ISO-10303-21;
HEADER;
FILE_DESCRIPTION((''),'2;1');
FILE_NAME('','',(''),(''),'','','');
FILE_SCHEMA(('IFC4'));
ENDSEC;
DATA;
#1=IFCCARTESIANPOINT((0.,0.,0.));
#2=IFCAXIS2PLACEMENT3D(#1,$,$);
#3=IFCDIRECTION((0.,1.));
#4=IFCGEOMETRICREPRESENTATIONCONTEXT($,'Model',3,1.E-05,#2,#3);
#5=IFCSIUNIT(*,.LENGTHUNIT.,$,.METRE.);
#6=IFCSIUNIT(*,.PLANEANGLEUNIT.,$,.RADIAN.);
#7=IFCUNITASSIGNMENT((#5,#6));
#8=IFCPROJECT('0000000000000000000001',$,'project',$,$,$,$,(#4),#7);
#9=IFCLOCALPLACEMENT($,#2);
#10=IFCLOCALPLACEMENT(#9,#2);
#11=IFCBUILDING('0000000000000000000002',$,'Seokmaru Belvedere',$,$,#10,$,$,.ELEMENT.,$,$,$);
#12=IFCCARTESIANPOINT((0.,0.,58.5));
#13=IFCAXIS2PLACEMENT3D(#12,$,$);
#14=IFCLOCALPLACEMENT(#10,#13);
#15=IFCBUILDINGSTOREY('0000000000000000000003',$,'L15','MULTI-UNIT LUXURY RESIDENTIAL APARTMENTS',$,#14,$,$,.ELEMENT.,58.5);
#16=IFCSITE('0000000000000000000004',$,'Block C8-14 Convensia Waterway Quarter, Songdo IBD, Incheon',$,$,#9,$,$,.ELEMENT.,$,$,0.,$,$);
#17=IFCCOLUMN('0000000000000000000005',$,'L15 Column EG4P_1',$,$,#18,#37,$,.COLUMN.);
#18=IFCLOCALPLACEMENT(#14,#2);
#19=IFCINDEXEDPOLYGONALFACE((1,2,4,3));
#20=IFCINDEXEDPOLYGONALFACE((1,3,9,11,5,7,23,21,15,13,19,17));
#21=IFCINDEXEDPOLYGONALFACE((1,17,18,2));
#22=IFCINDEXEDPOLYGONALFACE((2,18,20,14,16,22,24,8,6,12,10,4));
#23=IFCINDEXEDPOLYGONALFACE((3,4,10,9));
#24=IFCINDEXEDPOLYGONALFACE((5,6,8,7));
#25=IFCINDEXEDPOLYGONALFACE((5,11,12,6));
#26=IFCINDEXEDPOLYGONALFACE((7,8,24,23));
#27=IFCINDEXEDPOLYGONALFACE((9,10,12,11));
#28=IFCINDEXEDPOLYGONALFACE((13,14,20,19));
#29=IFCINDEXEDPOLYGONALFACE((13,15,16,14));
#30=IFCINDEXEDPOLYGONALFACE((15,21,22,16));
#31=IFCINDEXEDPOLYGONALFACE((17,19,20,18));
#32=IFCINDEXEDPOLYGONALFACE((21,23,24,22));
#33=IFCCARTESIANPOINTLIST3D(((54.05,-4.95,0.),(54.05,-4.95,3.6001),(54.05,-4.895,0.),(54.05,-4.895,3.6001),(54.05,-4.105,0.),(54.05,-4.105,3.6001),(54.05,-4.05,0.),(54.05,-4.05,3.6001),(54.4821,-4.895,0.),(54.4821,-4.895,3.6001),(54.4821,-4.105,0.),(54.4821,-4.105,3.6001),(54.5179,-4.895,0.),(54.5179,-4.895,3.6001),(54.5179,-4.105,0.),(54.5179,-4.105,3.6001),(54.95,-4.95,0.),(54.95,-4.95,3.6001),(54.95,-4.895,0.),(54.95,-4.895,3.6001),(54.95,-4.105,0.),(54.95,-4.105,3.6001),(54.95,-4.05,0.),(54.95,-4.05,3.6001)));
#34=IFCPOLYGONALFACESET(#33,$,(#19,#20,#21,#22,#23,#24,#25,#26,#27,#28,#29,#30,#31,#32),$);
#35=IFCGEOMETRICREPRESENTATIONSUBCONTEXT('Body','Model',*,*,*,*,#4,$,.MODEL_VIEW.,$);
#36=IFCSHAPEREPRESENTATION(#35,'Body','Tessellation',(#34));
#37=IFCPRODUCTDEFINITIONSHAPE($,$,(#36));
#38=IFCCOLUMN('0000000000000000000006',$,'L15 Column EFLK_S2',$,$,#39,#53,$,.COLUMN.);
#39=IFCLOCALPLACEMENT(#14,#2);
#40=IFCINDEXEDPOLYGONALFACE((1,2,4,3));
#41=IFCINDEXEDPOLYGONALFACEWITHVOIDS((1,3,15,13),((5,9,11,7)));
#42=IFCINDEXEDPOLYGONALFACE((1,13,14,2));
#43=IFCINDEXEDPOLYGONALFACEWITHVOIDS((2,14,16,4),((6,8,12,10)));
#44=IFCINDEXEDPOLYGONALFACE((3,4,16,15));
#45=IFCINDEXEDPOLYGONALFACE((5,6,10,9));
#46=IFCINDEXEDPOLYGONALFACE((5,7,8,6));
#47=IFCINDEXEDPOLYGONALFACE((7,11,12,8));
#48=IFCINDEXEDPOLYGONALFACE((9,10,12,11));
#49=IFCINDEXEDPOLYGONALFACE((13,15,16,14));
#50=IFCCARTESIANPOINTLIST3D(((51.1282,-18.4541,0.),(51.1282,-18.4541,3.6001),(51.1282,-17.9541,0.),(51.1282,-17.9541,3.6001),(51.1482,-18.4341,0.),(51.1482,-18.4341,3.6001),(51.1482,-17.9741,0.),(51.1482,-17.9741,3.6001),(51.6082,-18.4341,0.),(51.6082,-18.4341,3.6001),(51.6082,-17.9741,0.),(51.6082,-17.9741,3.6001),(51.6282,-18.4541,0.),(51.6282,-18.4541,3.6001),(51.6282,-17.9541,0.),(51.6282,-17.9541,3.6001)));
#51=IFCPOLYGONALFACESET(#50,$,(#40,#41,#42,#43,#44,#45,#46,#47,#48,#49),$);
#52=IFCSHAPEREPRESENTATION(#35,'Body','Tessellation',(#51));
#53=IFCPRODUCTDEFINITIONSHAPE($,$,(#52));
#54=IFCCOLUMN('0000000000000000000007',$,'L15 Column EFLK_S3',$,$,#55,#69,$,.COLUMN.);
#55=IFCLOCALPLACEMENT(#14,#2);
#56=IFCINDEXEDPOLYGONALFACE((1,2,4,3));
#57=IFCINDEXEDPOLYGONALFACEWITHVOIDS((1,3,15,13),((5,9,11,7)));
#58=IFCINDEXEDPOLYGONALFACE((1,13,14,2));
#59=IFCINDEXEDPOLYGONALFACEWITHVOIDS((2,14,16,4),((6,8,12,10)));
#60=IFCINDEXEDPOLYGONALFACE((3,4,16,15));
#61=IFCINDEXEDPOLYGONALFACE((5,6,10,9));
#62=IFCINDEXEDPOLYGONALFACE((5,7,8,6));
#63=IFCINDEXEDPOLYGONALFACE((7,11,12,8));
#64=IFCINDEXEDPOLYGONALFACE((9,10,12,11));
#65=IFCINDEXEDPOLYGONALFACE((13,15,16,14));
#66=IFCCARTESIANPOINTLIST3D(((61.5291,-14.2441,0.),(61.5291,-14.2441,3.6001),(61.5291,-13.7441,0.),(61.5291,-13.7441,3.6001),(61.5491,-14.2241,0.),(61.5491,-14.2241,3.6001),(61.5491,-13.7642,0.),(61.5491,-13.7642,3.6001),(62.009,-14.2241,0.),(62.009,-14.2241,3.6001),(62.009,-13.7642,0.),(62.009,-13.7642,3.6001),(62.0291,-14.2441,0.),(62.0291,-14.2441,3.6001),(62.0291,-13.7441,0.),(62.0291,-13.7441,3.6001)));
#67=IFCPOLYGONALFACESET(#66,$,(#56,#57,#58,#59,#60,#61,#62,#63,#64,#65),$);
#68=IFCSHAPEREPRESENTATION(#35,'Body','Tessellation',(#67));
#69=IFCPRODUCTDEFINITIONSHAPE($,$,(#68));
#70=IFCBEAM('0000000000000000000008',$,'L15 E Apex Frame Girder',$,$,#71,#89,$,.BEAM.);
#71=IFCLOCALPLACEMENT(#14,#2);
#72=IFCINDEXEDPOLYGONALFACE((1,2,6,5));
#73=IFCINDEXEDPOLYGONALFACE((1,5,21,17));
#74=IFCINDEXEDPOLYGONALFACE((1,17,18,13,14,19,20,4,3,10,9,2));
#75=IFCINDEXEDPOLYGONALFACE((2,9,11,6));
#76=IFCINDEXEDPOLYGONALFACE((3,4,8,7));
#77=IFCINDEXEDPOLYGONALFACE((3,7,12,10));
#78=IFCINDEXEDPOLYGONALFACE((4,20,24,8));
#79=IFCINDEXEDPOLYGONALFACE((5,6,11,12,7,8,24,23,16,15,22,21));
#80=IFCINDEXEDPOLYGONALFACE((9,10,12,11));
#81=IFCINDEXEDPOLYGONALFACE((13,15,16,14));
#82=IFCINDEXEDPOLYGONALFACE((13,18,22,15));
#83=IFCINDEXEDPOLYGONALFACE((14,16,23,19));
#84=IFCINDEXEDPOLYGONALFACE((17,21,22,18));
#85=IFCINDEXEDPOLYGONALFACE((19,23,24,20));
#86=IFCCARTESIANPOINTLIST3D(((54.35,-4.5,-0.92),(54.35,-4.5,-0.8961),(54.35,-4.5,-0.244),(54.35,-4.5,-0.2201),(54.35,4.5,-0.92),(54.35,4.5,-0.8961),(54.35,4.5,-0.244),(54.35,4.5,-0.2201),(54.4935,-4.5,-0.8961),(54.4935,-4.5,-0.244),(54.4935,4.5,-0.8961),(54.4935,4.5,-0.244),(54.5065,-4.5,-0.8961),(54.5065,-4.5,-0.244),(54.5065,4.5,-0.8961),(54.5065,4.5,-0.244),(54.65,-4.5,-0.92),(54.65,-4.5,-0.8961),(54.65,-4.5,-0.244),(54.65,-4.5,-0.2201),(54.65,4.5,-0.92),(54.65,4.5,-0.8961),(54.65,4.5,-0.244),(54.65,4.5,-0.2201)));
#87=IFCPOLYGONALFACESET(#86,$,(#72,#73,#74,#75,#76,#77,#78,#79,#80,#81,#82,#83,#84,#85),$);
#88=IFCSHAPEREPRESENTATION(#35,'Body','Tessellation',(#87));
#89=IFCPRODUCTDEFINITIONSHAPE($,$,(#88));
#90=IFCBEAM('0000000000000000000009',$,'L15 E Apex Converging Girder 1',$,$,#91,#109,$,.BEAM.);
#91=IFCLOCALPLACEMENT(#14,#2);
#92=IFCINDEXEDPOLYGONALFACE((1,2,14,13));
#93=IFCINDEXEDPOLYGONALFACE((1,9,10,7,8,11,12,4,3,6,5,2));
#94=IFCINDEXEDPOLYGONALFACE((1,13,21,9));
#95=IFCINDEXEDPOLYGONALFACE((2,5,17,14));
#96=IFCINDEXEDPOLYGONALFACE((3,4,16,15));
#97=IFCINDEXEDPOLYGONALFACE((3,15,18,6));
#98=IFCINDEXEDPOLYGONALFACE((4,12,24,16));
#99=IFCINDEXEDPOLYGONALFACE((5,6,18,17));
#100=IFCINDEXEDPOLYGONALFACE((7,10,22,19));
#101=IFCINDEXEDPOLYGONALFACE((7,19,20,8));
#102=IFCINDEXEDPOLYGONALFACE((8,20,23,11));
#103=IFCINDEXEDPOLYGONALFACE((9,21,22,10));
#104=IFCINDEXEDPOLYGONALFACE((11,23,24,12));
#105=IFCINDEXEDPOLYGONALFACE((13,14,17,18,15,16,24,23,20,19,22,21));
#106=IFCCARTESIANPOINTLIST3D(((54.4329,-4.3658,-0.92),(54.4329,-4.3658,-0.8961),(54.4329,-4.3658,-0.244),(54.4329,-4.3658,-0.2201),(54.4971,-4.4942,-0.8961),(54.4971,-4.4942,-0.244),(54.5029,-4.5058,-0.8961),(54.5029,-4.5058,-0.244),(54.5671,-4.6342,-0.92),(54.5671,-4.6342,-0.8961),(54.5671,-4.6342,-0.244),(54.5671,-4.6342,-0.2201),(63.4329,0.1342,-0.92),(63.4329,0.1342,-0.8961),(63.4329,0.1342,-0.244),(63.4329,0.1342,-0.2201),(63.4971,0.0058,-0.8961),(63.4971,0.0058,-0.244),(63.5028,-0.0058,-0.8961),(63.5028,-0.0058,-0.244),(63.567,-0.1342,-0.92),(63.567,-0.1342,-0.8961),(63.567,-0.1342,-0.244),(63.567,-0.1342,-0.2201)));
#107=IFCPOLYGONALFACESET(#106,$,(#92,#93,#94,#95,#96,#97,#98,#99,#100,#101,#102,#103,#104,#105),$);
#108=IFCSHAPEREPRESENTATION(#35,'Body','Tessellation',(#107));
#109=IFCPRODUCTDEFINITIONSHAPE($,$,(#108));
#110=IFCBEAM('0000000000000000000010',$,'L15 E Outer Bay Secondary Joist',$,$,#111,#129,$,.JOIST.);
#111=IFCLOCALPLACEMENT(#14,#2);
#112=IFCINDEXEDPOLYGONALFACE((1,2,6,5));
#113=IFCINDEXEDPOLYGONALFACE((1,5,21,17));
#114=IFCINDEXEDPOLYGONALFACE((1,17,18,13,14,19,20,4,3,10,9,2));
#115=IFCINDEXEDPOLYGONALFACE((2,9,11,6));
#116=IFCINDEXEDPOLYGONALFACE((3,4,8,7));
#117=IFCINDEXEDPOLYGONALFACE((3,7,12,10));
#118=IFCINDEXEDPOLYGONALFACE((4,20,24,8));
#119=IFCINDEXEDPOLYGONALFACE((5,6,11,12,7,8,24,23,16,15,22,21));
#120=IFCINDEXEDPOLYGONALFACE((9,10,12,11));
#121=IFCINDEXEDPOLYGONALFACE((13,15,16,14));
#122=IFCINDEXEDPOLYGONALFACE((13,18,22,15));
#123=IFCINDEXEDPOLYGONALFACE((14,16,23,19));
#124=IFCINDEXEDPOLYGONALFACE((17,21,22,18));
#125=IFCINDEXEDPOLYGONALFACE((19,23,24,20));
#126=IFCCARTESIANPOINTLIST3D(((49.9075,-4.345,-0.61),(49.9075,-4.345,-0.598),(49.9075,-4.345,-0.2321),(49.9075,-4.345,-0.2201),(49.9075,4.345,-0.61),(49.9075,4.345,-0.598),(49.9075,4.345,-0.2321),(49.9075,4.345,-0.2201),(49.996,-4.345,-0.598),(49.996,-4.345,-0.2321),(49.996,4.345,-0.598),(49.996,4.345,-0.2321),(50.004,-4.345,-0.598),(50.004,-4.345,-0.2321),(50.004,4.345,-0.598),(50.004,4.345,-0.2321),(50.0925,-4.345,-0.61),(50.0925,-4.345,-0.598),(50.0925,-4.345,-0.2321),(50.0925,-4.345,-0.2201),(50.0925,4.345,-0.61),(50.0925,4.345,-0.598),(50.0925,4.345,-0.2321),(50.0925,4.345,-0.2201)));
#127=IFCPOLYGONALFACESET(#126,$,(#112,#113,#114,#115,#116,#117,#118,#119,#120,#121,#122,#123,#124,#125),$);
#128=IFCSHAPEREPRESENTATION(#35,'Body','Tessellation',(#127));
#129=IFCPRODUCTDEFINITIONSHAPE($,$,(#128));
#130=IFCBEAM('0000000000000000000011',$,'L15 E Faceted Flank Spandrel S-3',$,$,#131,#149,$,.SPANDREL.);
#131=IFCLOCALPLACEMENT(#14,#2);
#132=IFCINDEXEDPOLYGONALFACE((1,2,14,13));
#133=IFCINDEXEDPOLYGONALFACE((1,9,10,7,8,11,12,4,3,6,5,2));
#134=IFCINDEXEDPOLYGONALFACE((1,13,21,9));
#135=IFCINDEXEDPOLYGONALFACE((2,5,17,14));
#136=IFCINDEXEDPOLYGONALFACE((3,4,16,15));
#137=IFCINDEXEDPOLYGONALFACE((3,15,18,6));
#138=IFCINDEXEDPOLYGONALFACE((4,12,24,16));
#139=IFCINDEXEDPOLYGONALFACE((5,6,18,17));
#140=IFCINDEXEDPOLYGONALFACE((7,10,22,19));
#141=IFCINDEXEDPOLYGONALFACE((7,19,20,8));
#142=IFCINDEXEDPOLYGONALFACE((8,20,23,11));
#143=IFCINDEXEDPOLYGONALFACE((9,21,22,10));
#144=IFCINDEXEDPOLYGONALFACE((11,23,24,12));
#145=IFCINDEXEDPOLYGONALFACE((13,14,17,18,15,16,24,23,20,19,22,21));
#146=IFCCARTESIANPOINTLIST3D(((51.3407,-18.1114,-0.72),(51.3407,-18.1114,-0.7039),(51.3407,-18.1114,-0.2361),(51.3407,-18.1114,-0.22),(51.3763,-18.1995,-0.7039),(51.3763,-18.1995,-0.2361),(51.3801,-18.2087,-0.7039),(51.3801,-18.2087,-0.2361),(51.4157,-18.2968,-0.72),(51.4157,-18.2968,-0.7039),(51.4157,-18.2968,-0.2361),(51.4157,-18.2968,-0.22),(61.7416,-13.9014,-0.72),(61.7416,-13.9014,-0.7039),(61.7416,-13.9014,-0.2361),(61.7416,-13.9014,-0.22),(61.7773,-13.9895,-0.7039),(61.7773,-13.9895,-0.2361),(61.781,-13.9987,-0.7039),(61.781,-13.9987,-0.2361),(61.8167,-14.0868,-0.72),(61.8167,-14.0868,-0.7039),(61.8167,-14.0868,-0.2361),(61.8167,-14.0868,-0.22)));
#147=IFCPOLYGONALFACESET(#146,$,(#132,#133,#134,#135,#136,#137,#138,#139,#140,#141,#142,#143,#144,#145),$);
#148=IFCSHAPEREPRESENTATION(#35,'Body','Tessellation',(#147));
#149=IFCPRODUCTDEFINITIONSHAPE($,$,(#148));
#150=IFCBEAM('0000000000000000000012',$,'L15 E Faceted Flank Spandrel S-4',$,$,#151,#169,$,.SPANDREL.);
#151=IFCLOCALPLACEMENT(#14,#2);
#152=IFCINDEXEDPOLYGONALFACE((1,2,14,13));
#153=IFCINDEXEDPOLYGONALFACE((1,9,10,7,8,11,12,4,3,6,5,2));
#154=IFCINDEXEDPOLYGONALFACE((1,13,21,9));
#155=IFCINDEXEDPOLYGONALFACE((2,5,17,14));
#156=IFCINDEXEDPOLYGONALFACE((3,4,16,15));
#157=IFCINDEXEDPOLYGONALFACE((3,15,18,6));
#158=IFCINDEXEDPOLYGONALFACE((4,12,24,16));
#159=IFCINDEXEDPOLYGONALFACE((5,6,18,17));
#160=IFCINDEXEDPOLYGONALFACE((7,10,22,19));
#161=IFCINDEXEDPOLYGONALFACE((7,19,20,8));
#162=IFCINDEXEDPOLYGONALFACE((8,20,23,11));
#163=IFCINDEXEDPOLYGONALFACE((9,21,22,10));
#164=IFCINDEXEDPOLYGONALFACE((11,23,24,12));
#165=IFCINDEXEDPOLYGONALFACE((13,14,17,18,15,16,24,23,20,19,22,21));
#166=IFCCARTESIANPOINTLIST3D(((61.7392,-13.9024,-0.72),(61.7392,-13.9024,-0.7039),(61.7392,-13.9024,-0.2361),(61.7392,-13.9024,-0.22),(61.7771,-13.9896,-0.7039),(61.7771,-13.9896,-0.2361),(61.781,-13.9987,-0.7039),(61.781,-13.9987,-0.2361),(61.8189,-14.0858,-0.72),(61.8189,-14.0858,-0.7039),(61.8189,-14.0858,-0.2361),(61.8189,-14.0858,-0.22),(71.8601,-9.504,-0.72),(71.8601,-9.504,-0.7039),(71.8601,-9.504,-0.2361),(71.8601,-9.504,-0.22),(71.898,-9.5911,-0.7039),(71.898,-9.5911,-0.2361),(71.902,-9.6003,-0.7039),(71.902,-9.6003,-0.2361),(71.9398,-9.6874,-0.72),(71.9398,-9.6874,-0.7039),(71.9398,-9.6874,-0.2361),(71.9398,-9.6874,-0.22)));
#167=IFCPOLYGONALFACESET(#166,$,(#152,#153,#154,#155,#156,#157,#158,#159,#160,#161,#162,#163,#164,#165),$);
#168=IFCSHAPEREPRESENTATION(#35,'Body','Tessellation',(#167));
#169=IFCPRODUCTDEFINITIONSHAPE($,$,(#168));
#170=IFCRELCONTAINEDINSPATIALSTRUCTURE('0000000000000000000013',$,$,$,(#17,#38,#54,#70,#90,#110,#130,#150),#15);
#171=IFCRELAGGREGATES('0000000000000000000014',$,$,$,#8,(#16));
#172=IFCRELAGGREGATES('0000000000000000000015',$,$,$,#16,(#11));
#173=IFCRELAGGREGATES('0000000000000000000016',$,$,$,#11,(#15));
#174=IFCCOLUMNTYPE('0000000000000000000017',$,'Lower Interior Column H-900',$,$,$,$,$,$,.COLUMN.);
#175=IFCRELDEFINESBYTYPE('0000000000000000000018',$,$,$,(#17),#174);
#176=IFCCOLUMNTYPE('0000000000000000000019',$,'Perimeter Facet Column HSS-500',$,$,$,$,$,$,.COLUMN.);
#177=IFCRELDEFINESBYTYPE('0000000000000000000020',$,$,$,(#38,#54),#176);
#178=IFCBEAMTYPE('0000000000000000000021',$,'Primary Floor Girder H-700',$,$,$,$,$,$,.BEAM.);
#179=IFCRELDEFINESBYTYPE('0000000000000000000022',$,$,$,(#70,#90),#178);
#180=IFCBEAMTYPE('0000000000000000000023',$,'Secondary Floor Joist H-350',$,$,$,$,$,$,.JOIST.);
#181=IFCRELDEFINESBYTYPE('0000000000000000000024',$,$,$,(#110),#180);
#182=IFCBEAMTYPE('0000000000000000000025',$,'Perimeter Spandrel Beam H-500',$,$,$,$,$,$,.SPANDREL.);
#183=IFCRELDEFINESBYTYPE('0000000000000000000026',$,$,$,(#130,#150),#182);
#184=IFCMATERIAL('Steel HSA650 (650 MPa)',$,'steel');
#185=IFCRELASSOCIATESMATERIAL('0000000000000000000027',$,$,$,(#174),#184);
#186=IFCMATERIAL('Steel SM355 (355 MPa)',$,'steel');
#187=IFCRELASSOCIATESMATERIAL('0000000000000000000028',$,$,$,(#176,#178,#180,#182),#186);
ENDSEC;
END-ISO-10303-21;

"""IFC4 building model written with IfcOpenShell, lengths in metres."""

from ifc_helpers import new_model, si_unit, direction, frame, origin, origin_2d, place, context, subcontext, project, spatial, hollow_rectangle, i_section, extrude, source, transform, mapped, material, material_profile, profile_set, type_object, type_shapes, element, save


model = new_model("IFC4")

# Units and contexts
model_context = context("Model", 3, precision=1e-05, world=origin(), true_north=direction((0.0, 1.0)))
body_context = subcontext(model_context, "Body", "Model", "MODEL_VIEW")
ifc_project = project(units=[si_unit("LENGTHUNIT", "METRE"), si_unit("PLANEANGLEUNIT", "RADIAN")], contexts=[model_context])

# Site, building, storey
site_placement = place(None, origin())
site = spatial("IfcSite", under=ifc_project, at=site_placement, Name="Block C8-14 Convensia Waterway Quarter, Songdo IBD, Incheon", CompositionType="ELEMENT", RefElevation=0.0)
building_placement = place(site_placement, origin())
building = spatial("IfcBuilding", under=site, at=building_placement, Name="Seokmaru Belvedere", CompositionType="ELEMENT")
storey_placement = place(building_placement, frame((0.0, 0.0, 58.5)))
storey = spatial("IfcBuildingStorey", under=building, at=storey_placement, Name="L15", Description="MULTI-UNIT LUXURY RESIDENTIAL APARTMENTS", CompositionType="ELEMENT", Elevation=58.5)

# Columns
ifc_material_1 = material(Name="Steel HSA650 (650 MPa)", Category="steel")
ifc_material_profile_1 = material_profile(ifc_material_1, i_section(OverallWidth=0.8999, OverallDepth=0.8999, WebThickness=0.0359, FlangeThickness=0.0549, at=origin_2d()), Name="H-900x900x36x55")
ifc_profile_set_1 = profile_set([ifc_material_profile_1], Name="Steel HSA650 (650 MPa)")
column_type_1 = type_object("IfcColumnType", Name="Lower Interior Column H-900", PredefinedType="COLUMN", material=ifc_profile_set_1)
shared_shape_1 = source(origin(), body_context, "Body", "SweptSolid", [
    extrude(i_section(OverallWidth=0.8999, OverallDepth=0.8999, WebThickness=0.0359, FlangeThickness=0.0549, at=origin_2d()), origin(), (0.0, 0.0, 1.0), 3.6001),
])
type_shapes(column_type_1, [shared_shape_1])
column_placement = place(storey_placement, frame((54.5, -4.5, 0.0), z_axis=(0.0, 0.0, 1.0), x_axis=(1.0, 0.0, 0.0)))
element("IfcColumn", 1, at=column_placement, inside=storey, type_object=column_type_1, Name="L15 Column EG4P_1", PredefinedType="COLUMN", context=body_context, shape_type="MappedRepresentation", body=[
    mapped(shared_shape_1, transform((0.0, 0.0, 0.0), scale=1.0)),
])
ifc_material_2 = material(Name="Steel SM355 (355 MPa)", Category="steel")
ifc_material_profile_2 = material_profile(ifc_material_2, hollow_rectangle(XDim=0.5, YDim=0.5, WallThickness=0.02, at=origin_2d()), Name="HSS-500x500x20")
ifc_profile_set_2 = profile_set([ifc_material_profile_2], Name="Steel SM355 (355 MPa)")
column_type_2 = type_object("IfcColumnType", Name="Perimeter Facet Column HSS-500", PredefinedType="COLUMN", material=ifc_profile_set_2)
shared_shape_2 = source(origin(), body_context, "Body", "SweptSolid", [
    extrude(hollow_rectangle(XDim=0.5, YDim=0.5, WallThickness=0.02, at=origin_2d()), origin(), (0.0, 0.0, 1.0), 3.6001),
])
type_shapes(column_type_2, [shared_shape_2])
for number, where, z_axis, x_axis, name in (
    (2, (51.3782, -18.2041, 0.0), (0.0, 0.0, 1.0), (1.0, 0.0, 0.0), "L15 Column EFLK_S2"),
    (3, (61.7791, -13.9941, 0.0), (0.0, 0.0, 1.0), (1.0, 0.0, 0.0), "L15 Column EFLK_S3"),
):
    element("IfcColumn", number, at=place(storey_placement, frame(where, z_axis=z_axis, x_axis=x_axis)), inside=storey, type_object=column_type_2, Name=name, PredefinedType="COLUMN", context=body_context, shape_type="MappedRepresentation", body=[
        mapped(shared_shape_2, transform((0.0, 0.0, 0.0), scale=1.0)),
    ])

# Beams
ifc_material_profile_3 = material_profile(ifc_material_2, i_section(OverallWidth=0.3, OverallDepth=0.7, WebThickness=0.0129, FlangeThickness=0.0239, at=origin_2d()), Name="H-700x300x13x24")
ifc_profile_set_3 = profile_set([ifc_material_profile_3], Name="Steel SM355 (355 MPa)")
beam_type_1 = type_object("IfcBeamType", Name="Primary Floor Girder H-700", PredefinedType="BEAM", material=ifc_profile_set_3)
shared_shape_3 = source(origin(), body_context, "Body", "SweptSolid", [
    extrude(i_section(OverallWidth=0.3, OverallDepth=0.7, WebThickness=0.0129, FlangeThickness=0.0239, at=origin_2d()), origin(), (0.0, 0.0, 1.0), 9.0),
])
beam_1_placement = place(storey_placement, frame((54.5, -4.5, -0.5701), z_axis=(0.0, 1.0, 0.0), x_axis=(-1.0, 0.0, 0.0)))
element("IfcBeam", 4, at=beam_1_placement, inside=storey, type_object=beam_type_1, Name="L15 E Apex Frame Girder", PredefinedType="BEAM", context=body_context, shape_type="MappedRepresentation", body=[
    mapped(shared_shape_3, transform((0.0, 0.0, 0.0), scale=1.0)),
])
shared_shape_4 = source(origin(), body_context, "Body", "SweptSolid", [
    extrude(i_section(OverallWidth=0.3, OverallDepth=0.7, WebThickness=0.0129, FlangeThickness=0.0239, at=origin_2d()), origin(), (0.0, 0.0, 1.0), 10.0623),
])
beam_2_placement = place(storey_placement, frame((54.5, -4.5, -0.5701), z_axis=(0.894427, 0.447214, 0.0), x_axis=(-0.447214, 0.894427, 0.0)))
element("IfcBeam", 5, at=beam_2_placement, inside=storey, type_object=beam_type_1, Name="L15 E Apex Converging Girder 1", PredefinedType="BEAM", context=body_context, shape_type="MappedRepresentation", body=[
    mapped(shared_shape_4, transform((0.0, 0.0, 0.0), scale=1.0)),
])
ifc_material_profile_4 = material_profile(ifc_material_2, i_section(OverallWidth=0.1851, OverallDepth=0.3899, WebThickness=0.0081, FlangeThickness=0.012, at=origin_2d()), Name="H-390x185x8x12")
ifc_profile_set_4 = profile_set([ifc_material_profile_4], Name="Steel SM355 (355 MPa)")
beam_type_2 = type_object("IfcBeamType", Name="Secondary Floor Joist H-350", PredefinedType="JOIST", material=ifc_profile_set_4)
shared_shape_5 = source(origin(), body_context, "Body", "SweptSolid", [
    extrude(i_section(OverallWidth=0.1851, OverallDepth=0.3899, WebThickness=0.0081, FlangeThickness=0.012, at=origin_2d()), origin(), (0.0, 0.0, 1.0), 8.6899),
])
type_shapes(beam_type_2, [shared_shape_5])
beam_3_placement = place(storey_placement, frame((50.0, -4.345, -0.415), z_axis=(0.0, 1.0, 0.0), x_axis=(-1.0, 0.0, 0.0)))
element("IfcBeam", 6, at=beam_3_placement, inside=storey, type_object=beam_type_2, Name="L15 E Outer Bay Secondary Joist", PredefinedType="JOIST", context=body_context, shape_type="MappedRepresentation", body=[
    mapped(shared_shape_5, transform((0.0, 0.0, 0.0), scale=1.0)),
])
ifc_material_profile_5 = material_profile(ifc_material_2, i_section(OverallWidth=0.2, OverallDepth=0.5, WebThickness=0.01, FlangeThickness=0.0161, at=origin_2d()), Name="H-500x200x10x16")
ifc_profile_set_5 = profile_set([ifc_material_profile_5], Name="Steel SM355 (355 MPa)")
beam_type_3 = type_object("IfcBeamType", Name="Perimeter Spandrel Beam H-500", PredefinedType="SPANDREL", material=ifc_profile_set_5)
shared_shape_6 = source(origin(), body_context, "Body", "SweptSolid", [
    extrude(i_section(OverallWidth=0.2, OverallDepth=0.5, WebThickness=0.01, FlangeThickness=0.0161, at=origin_2d()), origin(), (0.0, 0.0, 1.0), 11.2207),
])
beam_4_placement = place(storey_placement, frame((51.3782, -18.2041, -0.47), z_axis=(0.926944, 0.375199, 0.0), x_axis=(-0.375199, 0.926944, 0.0)))
element("IfcBeam", 7, at=beam_4_placement, inside=storey, type_object=beam_type_3, Name="L15 E Faceted Flank Spandrel S-3", PredefinedType="SPANDREL", context=body_context, shape_type="MappedRepresentation", body=[
    mapped(shared_shape_6, transform((0.0, 0.0, 0.0), scale=1.0)),
])
shared_shape_7 = source(origin(), body_context, "Body", "SweptSolid", [
    extrude(i_section(OverallWidth=0.2, OverallDepth=0.5, WebThickness=0.01, FlangeThickness=0.0161, at=origin_2d()), origin(), (0.0, 0.0, 1.0), 11.0354),
])
type_shapes(beam_type_3, [shared_shape_6, shared_shape_7])
beam_5_placement = place(storey_placement, frame((61.7791, -13.9941, -0.47), z_axis=(0.917134, 0.398579, 0.0), x_axis=(-0.398579, 0.917134, 0.0)))
element("IfcBeam", 8, at=beam_5_placement, inside=storey, type_object=beam_type_3, Name="L15 E Faceted Flank Spandrel S-4", PredefinedType="SPANDREL", context=body_context, shape_type="MappedRepresentation", body=[
    mapped(shared_shape_7, transform((0.0, 0.0, 0.0), scale=1.0)),
])

save(model, "model.ifc")
